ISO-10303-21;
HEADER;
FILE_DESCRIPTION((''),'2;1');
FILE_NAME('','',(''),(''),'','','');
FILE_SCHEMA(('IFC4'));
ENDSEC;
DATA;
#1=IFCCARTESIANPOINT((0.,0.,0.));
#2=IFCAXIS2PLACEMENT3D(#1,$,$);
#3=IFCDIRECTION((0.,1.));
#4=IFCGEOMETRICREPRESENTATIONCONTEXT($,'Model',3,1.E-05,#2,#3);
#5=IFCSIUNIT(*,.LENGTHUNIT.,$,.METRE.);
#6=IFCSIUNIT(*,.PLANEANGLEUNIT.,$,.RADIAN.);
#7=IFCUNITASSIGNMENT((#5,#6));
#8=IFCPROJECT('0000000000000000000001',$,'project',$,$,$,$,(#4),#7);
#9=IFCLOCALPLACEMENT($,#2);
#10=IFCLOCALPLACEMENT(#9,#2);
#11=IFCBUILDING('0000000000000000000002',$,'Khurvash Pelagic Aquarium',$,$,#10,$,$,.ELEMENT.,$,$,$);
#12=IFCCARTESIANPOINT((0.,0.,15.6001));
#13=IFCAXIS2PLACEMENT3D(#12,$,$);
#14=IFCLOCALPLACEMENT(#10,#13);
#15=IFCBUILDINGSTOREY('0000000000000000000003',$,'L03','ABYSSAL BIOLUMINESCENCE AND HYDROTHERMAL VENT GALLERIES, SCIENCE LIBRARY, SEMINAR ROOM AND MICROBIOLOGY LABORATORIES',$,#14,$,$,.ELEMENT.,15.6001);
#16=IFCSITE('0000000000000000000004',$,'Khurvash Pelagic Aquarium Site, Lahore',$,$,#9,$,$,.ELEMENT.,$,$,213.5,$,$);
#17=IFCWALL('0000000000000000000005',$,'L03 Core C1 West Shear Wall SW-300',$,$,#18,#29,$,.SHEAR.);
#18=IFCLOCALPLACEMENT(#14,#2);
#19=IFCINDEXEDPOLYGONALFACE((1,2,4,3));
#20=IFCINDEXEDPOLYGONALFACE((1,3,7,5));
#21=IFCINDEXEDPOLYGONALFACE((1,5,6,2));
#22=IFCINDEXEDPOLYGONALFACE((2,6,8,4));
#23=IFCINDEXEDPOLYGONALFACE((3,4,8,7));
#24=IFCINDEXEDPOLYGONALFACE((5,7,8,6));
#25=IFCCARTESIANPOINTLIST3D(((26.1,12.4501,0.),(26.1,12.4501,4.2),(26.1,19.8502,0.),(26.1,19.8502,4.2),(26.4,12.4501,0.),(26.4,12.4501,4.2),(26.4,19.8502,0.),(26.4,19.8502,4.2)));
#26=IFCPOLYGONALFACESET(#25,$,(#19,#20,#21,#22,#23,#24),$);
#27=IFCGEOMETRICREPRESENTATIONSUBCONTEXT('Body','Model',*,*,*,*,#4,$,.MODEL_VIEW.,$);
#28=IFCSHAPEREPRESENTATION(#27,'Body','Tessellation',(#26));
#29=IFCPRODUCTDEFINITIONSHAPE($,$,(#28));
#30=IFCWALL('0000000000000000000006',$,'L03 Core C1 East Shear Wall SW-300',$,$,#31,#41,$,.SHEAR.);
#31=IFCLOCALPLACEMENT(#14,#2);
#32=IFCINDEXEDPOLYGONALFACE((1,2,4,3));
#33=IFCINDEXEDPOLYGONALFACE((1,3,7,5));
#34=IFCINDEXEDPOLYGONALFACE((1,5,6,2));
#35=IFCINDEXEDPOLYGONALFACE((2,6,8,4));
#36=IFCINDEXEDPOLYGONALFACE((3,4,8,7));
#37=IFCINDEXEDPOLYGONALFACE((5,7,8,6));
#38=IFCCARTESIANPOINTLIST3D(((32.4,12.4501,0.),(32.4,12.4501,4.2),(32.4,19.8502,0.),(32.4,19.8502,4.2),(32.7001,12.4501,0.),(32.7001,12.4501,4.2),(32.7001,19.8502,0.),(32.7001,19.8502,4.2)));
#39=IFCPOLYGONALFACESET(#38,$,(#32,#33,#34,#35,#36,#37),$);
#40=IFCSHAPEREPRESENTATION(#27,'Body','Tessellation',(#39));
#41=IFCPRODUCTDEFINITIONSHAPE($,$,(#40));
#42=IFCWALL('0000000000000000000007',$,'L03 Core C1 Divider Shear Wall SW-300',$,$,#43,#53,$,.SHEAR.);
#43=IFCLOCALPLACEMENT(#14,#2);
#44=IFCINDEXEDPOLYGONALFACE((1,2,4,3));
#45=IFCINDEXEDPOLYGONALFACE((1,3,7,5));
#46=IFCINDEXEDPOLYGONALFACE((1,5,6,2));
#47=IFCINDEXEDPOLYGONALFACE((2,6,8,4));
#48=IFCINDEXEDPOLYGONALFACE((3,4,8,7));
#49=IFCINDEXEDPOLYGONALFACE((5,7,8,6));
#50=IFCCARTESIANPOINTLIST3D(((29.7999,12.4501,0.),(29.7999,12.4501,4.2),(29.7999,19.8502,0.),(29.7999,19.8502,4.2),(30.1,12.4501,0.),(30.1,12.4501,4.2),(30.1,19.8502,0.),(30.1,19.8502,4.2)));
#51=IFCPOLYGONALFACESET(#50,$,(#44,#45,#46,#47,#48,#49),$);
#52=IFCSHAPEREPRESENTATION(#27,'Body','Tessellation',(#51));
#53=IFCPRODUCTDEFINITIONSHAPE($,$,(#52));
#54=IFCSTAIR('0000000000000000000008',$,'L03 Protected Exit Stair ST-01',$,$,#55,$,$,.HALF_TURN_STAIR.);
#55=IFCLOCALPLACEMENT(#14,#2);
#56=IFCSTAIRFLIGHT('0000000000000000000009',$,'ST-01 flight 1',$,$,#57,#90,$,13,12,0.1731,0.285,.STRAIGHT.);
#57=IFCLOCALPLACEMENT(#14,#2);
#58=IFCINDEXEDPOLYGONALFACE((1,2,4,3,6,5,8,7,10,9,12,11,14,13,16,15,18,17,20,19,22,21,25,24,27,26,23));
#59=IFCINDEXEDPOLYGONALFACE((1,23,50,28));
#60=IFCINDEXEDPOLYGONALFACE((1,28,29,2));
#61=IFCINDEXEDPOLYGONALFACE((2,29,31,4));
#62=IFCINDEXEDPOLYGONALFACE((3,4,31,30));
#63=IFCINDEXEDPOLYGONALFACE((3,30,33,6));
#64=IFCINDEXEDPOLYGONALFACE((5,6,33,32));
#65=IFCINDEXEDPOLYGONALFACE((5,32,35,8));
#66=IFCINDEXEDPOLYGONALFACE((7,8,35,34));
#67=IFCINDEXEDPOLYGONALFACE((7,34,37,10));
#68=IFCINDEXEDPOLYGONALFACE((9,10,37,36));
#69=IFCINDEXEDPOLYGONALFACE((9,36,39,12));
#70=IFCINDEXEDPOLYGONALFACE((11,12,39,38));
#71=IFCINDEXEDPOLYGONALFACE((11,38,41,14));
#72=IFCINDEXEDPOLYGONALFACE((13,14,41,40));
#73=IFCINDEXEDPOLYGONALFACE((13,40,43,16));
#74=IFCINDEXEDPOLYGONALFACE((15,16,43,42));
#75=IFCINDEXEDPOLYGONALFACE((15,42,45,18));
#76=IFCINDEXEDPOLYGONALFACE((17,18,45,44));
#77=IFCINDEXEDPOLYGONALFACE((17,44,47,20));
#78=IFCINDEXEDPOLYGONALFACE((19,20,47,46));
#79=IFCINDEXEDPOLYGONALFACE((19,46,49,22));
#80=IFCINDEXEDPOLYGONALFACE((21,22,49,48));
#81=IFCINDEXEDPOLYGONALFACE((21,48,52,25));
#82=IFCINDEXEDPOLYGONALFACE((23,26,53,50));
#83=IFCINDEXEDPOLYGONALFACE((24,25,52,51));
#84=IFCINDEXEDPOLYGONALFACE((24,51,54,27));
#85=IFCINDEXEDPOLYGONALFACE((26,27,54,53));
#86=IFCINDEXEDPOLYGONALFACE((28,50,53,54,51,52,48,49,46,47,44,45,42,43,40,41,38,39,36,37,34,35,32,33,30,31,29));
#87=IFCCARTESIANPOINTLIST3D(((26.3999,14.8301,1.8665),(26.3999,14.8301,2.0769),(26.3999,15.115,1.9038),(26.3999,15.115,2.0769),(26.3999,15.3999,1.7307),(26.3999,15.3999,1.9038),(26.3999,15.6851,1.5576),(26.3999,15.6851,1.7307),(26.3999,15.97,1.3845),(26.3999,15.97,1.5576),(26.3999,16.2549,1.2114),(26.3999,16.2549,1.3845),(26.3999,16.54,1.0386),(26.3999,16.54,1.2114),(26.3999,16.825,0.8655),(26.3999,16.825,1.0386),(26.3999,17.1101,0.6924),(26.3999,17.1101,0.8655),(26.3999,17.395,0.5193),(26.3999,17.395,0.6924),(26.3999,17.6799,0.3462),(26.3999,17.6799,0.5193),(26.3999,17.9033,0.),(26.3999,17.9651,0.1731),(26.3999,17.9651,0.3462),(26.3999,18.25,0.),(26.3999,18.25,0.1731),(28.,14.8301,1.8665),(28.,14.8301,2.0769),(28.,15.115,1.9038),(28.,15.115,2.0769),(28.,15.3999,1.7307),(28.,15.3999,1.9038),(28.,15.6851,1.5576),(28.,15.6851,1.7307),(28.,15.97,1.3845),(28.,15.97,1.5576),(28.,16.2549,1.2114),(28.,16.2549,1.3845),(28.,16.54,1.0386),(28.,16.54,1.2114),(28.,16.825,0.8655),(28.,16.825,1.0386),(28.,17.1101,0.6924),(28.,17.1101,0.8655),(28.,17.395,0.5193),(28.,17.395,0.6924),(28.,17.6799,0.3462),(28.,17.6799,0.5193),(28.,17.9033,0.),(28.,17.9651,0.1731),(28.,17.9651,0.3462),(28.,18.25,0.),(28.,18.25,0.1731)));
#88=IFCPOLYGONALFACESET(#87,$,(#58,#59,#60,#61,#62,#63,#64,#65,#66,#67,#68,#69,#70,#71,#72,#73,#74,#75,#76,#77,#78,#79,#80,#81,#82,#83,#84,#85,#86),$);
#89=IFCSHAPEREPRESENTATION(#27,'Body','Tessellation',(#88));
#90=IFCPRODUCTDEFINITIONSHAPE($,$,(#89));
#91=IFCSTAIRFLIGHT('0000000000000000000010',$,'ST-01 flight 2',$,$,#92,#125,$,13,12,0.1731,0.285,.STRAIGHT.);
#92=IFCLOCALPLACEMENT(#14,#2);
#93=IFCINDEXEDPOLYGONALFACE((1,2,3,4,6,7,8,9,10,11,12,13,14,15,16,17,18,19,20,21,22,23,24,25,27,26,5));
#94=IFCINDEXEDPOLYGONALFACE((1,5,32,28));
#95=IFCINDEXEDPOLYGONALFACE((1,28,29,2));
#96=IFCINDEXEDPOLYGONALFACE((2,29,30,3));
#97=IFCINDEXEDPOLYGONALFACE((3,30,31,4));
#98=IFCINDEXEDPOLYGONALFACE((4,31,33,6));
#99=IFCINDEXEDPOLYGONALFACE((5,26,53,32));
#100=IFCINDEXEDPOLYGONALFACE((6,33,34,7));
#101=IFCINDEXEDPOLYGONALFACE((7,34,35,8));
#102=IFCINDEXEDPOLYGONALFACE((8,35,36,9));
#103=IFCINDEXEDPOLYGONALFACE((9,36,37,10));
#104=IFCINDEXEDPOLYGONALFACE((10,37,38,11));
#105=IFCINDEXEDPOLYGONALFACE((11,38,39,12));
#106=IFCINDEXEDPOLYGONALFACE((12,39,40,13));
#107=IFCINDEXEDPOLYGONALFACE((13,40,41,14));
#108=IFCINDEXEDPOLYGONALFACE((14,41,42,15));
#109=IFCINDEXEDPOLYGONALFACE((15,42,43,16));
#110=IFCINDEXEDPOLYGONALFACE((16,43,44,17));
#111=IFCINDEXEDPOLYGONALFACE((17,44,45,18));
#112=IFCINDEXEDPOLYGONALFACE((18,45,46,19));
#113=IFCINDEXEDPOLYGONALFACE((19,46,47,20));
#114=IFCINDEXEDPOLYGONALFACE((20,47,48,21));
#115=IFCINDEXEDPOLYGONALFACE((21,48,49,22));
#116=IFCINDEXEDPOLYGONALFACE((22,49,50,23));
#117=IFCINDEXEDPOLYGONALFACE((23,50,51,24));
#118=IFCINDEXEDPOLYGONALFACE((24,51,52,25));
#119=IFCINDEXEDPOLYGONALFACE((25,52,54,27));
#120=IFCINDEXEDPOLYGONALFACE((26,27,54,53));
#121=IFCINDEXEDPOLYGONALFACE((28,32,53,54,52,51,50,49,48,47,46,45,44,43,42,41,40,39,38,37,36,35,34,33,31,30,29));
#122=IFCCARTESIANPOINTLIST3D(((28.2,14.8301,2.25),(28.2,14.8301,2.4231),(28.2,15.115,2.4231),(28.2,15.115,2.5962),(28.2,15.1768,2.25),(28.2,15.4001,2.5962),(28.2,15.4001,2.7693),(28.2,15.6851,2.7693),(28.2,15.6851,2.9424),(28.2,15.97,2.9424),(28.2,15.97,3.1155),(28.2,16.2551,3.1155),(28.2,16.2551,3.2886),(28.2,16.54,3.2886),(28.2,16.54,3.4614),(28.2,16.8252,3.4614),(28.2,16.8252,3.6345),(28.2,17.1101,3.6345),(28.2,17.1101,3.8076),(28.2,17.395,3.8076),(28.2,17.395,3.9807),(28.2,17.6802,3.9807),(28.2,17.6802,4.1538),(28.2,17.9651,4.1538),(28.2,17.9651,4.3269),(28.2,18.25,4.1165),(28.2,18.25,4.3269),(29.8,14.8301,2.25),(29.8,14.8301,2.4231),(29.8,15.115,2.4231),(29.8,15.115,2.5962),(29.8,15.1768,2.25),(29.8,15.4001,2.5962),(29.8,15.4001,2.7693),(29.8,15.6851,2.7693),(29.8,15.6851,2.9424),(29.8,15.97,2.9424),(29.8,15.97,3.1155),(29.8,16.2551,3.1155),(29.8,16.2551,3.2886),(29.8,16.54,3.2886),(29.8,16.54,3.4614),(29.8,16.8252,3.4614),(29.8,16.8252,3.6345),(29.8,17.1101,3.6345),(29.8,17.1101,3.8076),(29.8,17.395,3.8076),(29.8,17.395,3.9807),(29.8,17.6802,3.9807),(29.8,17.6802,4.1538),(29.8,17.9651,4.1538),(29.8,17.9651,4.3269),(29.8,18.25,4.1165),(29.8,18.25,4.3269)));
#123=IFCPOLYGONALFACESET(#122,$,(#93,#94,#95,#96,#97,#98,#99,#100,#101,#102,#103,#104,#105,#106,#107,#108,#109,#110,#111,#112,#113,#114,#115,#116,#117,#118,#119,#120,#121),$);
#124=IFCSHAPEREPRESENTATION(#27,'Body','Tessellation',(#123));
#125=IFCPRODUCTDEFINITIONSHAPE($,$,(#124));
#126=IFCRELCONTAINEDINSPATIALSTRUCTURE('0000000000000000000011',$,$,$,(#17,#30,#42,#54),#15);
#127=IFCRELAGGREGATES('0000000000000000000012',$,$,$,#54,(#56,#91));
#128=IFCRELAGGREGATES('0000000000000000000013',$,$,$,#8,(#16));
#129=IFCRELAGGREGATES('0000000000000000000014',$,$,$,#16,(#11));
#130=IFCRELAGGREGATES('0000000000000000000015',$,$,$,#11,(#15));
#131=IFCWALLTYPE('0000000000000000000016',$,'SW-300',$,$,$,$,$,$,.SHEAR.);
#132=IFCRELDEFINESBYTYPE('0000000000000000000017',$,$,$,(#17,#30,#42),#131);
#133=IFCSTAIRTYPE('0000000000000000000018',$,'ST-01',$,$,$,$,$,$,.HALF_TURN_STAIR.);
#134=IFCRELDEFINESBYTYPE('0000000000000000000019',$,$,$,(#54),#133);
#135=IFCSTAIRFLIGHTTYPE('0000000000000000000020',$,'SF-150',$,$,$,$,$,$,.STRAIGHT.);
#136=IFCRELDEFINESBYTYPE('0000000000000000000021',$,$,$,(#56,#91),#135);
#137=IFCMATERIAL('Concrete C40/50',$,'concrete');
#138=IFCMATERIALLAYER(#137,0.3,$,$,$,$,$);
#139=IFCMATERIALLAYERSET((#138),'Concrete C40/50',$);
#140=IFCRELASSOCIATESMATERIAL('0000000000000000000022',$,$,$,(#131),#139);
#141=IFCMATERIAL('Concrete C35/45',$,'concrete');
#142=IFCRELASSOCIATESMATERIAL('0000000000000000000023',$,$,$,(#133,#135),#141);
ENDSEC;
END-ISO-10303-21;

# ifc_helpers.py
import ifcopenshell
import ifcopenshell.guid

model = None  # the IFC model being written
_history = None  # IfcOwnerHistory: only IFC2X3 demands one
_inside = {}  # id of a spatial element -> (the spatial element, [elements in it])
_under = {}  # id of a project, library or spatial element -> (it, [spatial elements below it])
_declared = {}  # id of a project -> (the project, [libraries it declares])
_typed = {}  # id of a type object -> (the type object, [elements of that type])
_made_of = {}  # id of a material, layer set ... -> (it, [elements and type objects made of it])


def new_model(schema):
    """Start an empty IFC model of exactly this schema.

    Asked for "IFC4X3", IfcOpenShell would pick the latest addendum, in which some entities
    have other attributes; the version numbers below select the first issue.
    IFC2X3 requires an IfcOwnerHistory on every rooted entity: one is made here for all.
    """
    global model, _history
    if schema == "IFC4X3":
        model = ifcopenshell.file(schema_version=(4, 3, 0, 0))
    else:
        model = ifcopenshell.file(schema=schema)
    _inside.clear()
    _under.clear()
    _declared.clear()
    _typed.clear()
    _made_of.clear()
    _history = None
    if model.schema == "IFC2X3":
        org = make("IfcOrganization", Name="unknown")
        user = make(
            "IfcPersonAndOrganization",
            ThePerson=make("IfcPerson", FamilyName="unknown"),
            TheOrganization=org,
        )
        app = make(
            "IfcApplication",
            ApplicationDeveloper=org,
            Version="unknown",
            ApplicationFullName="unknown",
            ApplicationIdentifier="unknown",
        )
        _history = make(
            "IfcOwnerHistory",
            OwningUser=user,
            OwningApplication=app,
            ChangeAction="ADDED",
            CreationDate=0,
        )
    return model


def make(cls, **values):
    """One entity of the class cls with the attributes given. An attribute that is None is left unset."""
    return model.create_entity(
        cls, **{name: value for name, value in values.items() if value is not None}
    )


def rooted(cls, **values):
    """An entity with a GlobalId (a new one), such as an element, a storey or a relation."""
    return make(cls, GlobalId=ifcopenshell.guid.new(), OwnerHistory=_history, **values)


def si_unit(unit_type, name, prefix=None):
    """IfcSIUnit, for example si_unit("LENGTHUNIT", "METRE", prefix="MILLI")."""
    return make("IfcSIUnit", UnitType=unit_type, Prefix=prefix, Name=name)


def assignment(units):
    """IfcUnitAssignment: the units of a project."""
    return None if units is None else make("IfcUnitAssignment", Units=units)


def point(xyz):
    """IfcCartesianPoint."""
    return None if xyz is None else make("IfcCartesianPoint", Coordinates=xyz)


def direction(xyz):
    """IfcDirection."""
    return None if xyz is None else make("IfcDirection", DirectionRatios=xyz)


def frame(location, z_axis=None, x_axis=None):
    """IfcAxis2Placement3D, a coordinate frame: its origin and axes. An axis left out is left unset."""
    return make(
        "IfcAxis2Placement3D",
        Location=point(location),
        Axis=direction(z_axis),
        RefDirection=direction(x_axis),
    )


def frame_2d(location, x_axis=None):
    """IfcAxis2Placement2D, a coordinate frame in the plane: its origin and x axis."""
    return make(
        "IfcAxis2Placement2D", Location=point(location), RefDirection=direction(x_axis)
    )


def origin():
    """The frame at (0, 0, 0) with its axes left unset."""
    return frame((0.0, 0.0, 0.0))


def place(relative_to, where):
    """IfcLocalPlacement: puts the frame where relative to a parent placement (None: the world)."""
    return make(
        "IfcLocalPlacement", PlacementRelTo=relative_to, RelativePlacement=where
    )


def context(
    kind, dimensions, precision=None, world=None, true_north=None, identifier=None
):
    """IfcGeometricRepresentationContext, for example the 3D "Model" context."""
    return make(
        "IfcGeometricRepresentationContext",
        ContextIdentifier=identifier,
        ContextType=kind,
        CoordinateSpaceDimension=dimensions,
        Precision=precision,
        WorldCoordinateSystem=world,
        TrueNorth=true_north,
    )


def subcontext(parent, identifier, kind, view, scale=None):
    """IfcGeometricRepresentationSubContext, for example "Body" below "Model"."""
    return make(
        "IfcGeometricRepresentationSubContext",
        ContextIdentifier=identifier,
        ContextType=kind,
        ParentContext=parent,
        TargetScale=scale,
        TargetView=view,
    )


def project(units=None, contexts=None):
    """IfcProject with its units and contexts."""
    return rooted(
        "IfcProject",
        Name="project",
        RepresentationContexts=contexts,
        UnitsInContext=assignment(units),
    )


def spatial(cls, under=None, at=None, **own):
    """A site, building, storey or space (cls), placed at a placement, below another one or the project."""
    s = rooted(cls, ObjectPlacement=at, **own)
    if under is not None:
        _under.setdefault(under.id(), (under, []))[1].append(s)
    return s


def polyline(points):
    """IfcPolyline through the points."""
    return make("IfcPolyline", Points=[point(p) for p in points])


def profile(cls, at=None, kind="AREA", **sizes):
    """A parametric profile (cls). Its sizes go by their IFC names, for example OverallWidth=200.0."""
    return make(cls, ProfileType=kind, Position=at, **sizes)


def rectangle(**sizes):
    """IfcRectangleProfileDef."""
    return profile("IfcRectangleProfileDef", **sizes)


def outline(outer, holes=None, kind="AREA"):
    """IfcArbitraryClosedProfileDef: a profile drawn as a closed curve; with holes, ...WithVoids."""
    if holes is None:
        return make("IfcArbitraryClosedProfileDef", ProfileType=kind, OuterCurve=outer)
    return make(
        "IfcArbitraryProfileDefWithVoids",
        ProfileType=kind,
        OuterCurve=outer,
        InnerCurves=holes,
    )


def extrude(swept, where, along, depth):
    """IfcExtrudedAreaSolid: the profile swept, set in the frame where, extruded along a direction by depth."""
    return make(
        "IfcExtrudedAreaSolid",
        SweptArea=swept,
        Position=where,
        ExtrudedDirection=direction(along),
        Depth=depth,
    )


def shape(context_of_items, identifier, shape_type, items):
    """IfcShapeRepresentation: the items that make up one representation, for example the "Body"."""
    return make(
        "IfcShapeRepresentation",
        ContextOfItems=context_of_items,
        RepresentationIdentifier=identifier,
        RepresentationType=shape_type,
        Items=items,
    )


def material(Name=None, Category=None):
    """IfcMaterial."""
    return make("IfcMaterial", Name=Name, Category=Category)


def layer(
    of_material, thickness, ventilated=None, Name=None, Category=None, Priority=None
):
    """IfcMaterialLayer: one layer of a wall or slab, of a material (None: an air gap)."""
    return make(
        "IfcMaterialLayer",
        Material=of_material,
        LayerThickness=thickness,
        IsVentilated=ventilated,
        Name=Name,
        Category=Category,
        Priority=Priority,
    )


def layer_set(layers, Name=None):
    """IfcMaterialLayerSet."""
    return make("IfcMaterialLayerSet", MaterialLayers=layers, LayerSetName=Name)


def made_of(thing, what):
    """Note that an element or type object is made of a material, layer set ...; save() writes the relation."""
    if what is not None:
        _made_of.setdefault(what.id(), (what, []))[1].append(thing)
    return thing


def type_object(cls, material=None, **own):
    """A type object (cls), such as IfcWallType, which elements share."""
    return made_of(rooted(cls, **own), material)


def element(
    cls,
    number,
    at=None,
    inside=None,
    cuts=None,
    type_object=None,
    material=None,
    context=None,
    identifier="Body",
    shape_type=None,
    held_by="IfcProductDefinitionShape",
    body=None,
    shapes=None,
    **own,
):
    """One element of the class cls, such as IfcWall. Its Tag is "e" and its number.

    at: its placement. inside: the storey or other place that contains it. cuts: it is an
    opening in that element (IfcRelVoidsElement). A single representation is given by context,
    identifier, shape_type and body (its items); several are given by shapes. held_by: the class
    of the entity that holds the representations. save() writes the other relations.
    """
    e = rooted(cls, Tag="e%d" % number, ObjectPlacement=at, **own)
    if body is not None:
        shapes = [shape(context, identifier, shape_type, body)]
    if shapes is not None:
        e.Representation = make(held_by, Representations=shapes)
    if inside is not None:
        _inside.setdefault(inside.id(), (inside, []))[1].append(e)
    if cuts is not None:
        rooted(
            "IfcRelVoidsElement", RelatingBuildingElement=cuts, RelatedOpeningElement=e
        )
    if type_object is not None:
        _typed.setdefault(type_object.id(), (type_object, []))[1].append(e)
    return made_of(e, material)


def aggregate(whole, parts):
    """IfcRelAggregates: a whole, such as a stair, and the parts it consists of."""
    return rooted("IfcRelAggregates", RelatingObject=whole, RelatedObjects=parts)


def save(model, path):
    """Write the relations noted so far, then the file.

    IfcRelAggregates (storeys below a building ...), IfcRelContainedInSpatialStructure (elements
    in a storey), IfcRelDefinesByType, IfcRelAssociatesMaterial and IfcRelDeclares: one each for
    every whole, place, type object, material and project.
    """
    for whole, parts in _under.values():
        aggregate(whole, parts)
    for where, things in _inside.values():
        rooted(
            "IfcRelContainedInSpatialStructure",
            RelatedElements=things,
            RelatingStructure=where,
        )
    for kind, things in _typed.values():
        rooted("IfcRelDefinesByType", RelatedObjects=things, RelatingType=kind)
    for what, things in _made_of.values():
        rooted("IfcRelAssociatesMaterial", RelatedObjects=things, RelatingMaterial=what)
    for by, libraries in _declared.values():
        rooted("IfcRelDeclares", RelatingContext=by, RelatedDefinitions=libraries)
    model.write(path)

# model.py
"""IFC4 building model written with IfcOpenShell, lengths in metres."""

from ifc_helpers import new_model, si_unit, direction, frame, frame_2d, origin, place, context, subcontext, project, spatial, polyline, rectangle, outline, extrude, material, layer, layer_set, type_object, element, aggregate, save


model = new_model("IFC4")

# Units and contexts
model_context = context("Model", 3, precision=1e-05, world=origin(), true_north=direction((0.0, 1.0)))
body_context = subcontext(model_context, "Body", "Model", "MODEL_VIEW")
ifc_project = project(units=[si_unit("LENGTHUNIT", "METRE"), si_unit("PLANEANGLEUNIT", "RADIAN")], contexts=[model_context])

# Site, building, storey
site_placement = place(None, origin())
site = spatial("IfcSite", under=ifc_project, at=site_placement, Name="Khurvash Pelagic Aquarium Site, Lahore", CompositionType="ELEMENT", RefElevation=213.5)
building_placement = place(site_placement, origin())
building = spatial("IfcBuilding", under=site, at=building_placement, Name="Khurvash Pelagic Aquarium", CompositionType="ELEMENT")
storey_placement = place(building_placement, frame((0.0, 0.0, 15.6001)))
storey = spatial("IfcBuildingStorey", under=building, at=storey_placement, Name="L03", Description="ABYSSAL BIOLUMINESCENCE AND HYDROTHERMAL VENT GALLERIES, SCIENCE LIBRARY, SEMINAR ROOM AND MICROBIOLOGY LABORATORIES", CompositionType="ELEMENT", Elevation=15.6001)

# Shared definitions
ifc_material_1 = material(Name="Concrete C40/50", Category="concrete")

# Shared definitions
ifc_material_2 = material(Name="Concrete C35/45", Category="concrete")

# Shared definitions
ifc_layer_1 = layer(ifc_material_1, 0.3)
ifc_layer_set_1 = layer_set([ifc_layer_1], Name="Concrete C40/50")
wall_type_1 = type_object("IfcWallType", Name="SW-300", PredefinedType="SHEAR", material=ifc_layer_set_1)

# Walls
for number, where, z_axis, x_axis, name in (
    (1, (26.25, 12.45, 0.0), (0.0, 0.0, 1.0), (0.0, 1.0, 0.0), "L03 Core C1 West Shear Wall SW-300"),
    (2, (32.55, 12.45, 0.0), (0.0, 0.0, 1.0), (0.0, 1.0, 0.0), "L03 Core C1 East Shear Wall SW-300"),
    (3, (29.95, 12.45, 0.0), (0.0, 0.0, 1.0), (0.0, 1.0, 0.0), "L03 Core C1 Divider Shear Wall SW-300"),
):
    element("IfcWall", number, at=place(storey_placement, frame(where, z_axis=z_axis, x_axis=x_axis)), inside=storey, type_object=wall_type_1, Name=name, PredefinedType="SHEAR", context=body_context, shape_type="SweptSolid", body=[
        extrude(rectangle(XDim=7.4001, YDim=0.3, at=frame_2d((3.7002, 0.0))), origin(), (0.0, 0.0, 1.0), 4.2),
    ])

# Stair, stair flights
stair_type = type_object("IfcStairType", Name="ST-01", PredefinedType="HALF_TURN_STAIR", material=ifc_material_2)
stair_placement = place(storey_placement, origin())
stair = element("IfcStair", 4, at=stair_placement, inside=storey, type_object=stair_type, Name="L03 Protected Exit Stair ST-01", PredefinedType="HALF_TURN_STAIR")
stair_flight_type = type_object("IfcStairFlightType", Name="SF-150", PredefinedType="STRAIGHT", material=ifc_material_2)
stair_flight_1_placement = place(storey_placement, frame((27.2, 18.25, 0.0), z_axis=(0.0, 0.0, 1.0), x_axis=(0.0, -1.0, 0.0)))
stair_flight_1 = element("IfcStairFlight", 5, at=stair_flight_1_placement, type_object=stair_flight_type, Name="ST-01 flight 1", NumberOfRisers=13, NumberOfTreads=12, PredefinedType="STRAIGHT", RiserHeight=0.1731, TreadLength=0.285, context=body_context, shape_type="SweptSolid", body=[
    extrude(outline(polyline([(0.0, 0.0), (0.0, 0.1731), (0.2849, 0.1731), (0.2849, 0.3462), (0.5701, 0.3462), (0.5701, 0.5193), (0.855, 0.5193), (0.855, 0.6924), (1.1399, 0.6924), (1.1399, 0.8655), (1.425, 0.8655), (1.425, 1.0386), (1.71, 1.0386), (1.71, 1.2114), (1.9951, 1.2114), (1.9951, 1.3845), (2.28, 1.3845), (2.28, 1.5576), (2.5649, 1.5576), (2.5649, 1.7307), (2.8501, 1.7307), (2.8501, 1.9038), (3.135, 1.9038), (3.135, 2.0769), (3.4199, 2.0769), (3.4199, 2.25), (3.4199, 1.8665), (0.3467, 0.0), (0.0, 0.0)])), frame((0.0, 0.8, 0.0), z_axis=(0.0, -1.0, 0.0), x_axis=(1.0, 0.0, 0.0)), (0.0, 0.0, 1.0), 1.6001),
])
stair_flight_2_placement = place(storey_placement, frame((29.0, 14.8301, 2.25), z_axis=(0.0, 0.0, 1.0), x_axis=(0.0, 1.0, 0.0)))
stair_flight_2 = element("IfcStairFlight", 6, at=stair_flight_2_placement, type_object=stair_flight_type, Name="ST-01 flight 2", NumberOfRisers=13, NumberOfTreads=12, PredefinedType="STRAIGHT", RiserHeight=0.1731, TreadLength=0.285, context=body_context, shape_type="SweptSolid", body=[
    extrude(outline(polyline([(0.0, 0.0), (0.0, 0.1731), (0.2849, 0.1731), (0.2849, 0.3462), (0.5701, 0.3462), (0.5701, 0.5193), (0.855, 0.5193), (0.855, 0.6924), (1.1399, 0.6924), (1.1399, 0.8655), (1.425, 0.8655), (1.425, 1.0386), (1.71, 1.0386), (1.71, 1.2114), (1.9951, 1.2114), (1.9951, 1.3845), (2.28, 1.3845), (2.28, 1.5576), (2.5649, 1.5576), (2.5649, 1.7307), (2.8501, 1.7307), (2.8501, 1.9038), (3.135, 1.9038), (3.135, 2.0769), (3.4199, 2.0769), (3.4199, 2.25), (3.4199, 1.8665), (0.3467, 0.0), (0.0, 0.0)])), frame((0.0, 0.8, 0.0), z_axis=(0.0, -1.0, 0.0), x_axis=(1.0, 0.0, 0.0)), (0.0, 0.0, 1.0), 1.6001),
])
aggregate(stair, [stair_flight_1, stair_flight_2])

save(model, "model.ifc")
